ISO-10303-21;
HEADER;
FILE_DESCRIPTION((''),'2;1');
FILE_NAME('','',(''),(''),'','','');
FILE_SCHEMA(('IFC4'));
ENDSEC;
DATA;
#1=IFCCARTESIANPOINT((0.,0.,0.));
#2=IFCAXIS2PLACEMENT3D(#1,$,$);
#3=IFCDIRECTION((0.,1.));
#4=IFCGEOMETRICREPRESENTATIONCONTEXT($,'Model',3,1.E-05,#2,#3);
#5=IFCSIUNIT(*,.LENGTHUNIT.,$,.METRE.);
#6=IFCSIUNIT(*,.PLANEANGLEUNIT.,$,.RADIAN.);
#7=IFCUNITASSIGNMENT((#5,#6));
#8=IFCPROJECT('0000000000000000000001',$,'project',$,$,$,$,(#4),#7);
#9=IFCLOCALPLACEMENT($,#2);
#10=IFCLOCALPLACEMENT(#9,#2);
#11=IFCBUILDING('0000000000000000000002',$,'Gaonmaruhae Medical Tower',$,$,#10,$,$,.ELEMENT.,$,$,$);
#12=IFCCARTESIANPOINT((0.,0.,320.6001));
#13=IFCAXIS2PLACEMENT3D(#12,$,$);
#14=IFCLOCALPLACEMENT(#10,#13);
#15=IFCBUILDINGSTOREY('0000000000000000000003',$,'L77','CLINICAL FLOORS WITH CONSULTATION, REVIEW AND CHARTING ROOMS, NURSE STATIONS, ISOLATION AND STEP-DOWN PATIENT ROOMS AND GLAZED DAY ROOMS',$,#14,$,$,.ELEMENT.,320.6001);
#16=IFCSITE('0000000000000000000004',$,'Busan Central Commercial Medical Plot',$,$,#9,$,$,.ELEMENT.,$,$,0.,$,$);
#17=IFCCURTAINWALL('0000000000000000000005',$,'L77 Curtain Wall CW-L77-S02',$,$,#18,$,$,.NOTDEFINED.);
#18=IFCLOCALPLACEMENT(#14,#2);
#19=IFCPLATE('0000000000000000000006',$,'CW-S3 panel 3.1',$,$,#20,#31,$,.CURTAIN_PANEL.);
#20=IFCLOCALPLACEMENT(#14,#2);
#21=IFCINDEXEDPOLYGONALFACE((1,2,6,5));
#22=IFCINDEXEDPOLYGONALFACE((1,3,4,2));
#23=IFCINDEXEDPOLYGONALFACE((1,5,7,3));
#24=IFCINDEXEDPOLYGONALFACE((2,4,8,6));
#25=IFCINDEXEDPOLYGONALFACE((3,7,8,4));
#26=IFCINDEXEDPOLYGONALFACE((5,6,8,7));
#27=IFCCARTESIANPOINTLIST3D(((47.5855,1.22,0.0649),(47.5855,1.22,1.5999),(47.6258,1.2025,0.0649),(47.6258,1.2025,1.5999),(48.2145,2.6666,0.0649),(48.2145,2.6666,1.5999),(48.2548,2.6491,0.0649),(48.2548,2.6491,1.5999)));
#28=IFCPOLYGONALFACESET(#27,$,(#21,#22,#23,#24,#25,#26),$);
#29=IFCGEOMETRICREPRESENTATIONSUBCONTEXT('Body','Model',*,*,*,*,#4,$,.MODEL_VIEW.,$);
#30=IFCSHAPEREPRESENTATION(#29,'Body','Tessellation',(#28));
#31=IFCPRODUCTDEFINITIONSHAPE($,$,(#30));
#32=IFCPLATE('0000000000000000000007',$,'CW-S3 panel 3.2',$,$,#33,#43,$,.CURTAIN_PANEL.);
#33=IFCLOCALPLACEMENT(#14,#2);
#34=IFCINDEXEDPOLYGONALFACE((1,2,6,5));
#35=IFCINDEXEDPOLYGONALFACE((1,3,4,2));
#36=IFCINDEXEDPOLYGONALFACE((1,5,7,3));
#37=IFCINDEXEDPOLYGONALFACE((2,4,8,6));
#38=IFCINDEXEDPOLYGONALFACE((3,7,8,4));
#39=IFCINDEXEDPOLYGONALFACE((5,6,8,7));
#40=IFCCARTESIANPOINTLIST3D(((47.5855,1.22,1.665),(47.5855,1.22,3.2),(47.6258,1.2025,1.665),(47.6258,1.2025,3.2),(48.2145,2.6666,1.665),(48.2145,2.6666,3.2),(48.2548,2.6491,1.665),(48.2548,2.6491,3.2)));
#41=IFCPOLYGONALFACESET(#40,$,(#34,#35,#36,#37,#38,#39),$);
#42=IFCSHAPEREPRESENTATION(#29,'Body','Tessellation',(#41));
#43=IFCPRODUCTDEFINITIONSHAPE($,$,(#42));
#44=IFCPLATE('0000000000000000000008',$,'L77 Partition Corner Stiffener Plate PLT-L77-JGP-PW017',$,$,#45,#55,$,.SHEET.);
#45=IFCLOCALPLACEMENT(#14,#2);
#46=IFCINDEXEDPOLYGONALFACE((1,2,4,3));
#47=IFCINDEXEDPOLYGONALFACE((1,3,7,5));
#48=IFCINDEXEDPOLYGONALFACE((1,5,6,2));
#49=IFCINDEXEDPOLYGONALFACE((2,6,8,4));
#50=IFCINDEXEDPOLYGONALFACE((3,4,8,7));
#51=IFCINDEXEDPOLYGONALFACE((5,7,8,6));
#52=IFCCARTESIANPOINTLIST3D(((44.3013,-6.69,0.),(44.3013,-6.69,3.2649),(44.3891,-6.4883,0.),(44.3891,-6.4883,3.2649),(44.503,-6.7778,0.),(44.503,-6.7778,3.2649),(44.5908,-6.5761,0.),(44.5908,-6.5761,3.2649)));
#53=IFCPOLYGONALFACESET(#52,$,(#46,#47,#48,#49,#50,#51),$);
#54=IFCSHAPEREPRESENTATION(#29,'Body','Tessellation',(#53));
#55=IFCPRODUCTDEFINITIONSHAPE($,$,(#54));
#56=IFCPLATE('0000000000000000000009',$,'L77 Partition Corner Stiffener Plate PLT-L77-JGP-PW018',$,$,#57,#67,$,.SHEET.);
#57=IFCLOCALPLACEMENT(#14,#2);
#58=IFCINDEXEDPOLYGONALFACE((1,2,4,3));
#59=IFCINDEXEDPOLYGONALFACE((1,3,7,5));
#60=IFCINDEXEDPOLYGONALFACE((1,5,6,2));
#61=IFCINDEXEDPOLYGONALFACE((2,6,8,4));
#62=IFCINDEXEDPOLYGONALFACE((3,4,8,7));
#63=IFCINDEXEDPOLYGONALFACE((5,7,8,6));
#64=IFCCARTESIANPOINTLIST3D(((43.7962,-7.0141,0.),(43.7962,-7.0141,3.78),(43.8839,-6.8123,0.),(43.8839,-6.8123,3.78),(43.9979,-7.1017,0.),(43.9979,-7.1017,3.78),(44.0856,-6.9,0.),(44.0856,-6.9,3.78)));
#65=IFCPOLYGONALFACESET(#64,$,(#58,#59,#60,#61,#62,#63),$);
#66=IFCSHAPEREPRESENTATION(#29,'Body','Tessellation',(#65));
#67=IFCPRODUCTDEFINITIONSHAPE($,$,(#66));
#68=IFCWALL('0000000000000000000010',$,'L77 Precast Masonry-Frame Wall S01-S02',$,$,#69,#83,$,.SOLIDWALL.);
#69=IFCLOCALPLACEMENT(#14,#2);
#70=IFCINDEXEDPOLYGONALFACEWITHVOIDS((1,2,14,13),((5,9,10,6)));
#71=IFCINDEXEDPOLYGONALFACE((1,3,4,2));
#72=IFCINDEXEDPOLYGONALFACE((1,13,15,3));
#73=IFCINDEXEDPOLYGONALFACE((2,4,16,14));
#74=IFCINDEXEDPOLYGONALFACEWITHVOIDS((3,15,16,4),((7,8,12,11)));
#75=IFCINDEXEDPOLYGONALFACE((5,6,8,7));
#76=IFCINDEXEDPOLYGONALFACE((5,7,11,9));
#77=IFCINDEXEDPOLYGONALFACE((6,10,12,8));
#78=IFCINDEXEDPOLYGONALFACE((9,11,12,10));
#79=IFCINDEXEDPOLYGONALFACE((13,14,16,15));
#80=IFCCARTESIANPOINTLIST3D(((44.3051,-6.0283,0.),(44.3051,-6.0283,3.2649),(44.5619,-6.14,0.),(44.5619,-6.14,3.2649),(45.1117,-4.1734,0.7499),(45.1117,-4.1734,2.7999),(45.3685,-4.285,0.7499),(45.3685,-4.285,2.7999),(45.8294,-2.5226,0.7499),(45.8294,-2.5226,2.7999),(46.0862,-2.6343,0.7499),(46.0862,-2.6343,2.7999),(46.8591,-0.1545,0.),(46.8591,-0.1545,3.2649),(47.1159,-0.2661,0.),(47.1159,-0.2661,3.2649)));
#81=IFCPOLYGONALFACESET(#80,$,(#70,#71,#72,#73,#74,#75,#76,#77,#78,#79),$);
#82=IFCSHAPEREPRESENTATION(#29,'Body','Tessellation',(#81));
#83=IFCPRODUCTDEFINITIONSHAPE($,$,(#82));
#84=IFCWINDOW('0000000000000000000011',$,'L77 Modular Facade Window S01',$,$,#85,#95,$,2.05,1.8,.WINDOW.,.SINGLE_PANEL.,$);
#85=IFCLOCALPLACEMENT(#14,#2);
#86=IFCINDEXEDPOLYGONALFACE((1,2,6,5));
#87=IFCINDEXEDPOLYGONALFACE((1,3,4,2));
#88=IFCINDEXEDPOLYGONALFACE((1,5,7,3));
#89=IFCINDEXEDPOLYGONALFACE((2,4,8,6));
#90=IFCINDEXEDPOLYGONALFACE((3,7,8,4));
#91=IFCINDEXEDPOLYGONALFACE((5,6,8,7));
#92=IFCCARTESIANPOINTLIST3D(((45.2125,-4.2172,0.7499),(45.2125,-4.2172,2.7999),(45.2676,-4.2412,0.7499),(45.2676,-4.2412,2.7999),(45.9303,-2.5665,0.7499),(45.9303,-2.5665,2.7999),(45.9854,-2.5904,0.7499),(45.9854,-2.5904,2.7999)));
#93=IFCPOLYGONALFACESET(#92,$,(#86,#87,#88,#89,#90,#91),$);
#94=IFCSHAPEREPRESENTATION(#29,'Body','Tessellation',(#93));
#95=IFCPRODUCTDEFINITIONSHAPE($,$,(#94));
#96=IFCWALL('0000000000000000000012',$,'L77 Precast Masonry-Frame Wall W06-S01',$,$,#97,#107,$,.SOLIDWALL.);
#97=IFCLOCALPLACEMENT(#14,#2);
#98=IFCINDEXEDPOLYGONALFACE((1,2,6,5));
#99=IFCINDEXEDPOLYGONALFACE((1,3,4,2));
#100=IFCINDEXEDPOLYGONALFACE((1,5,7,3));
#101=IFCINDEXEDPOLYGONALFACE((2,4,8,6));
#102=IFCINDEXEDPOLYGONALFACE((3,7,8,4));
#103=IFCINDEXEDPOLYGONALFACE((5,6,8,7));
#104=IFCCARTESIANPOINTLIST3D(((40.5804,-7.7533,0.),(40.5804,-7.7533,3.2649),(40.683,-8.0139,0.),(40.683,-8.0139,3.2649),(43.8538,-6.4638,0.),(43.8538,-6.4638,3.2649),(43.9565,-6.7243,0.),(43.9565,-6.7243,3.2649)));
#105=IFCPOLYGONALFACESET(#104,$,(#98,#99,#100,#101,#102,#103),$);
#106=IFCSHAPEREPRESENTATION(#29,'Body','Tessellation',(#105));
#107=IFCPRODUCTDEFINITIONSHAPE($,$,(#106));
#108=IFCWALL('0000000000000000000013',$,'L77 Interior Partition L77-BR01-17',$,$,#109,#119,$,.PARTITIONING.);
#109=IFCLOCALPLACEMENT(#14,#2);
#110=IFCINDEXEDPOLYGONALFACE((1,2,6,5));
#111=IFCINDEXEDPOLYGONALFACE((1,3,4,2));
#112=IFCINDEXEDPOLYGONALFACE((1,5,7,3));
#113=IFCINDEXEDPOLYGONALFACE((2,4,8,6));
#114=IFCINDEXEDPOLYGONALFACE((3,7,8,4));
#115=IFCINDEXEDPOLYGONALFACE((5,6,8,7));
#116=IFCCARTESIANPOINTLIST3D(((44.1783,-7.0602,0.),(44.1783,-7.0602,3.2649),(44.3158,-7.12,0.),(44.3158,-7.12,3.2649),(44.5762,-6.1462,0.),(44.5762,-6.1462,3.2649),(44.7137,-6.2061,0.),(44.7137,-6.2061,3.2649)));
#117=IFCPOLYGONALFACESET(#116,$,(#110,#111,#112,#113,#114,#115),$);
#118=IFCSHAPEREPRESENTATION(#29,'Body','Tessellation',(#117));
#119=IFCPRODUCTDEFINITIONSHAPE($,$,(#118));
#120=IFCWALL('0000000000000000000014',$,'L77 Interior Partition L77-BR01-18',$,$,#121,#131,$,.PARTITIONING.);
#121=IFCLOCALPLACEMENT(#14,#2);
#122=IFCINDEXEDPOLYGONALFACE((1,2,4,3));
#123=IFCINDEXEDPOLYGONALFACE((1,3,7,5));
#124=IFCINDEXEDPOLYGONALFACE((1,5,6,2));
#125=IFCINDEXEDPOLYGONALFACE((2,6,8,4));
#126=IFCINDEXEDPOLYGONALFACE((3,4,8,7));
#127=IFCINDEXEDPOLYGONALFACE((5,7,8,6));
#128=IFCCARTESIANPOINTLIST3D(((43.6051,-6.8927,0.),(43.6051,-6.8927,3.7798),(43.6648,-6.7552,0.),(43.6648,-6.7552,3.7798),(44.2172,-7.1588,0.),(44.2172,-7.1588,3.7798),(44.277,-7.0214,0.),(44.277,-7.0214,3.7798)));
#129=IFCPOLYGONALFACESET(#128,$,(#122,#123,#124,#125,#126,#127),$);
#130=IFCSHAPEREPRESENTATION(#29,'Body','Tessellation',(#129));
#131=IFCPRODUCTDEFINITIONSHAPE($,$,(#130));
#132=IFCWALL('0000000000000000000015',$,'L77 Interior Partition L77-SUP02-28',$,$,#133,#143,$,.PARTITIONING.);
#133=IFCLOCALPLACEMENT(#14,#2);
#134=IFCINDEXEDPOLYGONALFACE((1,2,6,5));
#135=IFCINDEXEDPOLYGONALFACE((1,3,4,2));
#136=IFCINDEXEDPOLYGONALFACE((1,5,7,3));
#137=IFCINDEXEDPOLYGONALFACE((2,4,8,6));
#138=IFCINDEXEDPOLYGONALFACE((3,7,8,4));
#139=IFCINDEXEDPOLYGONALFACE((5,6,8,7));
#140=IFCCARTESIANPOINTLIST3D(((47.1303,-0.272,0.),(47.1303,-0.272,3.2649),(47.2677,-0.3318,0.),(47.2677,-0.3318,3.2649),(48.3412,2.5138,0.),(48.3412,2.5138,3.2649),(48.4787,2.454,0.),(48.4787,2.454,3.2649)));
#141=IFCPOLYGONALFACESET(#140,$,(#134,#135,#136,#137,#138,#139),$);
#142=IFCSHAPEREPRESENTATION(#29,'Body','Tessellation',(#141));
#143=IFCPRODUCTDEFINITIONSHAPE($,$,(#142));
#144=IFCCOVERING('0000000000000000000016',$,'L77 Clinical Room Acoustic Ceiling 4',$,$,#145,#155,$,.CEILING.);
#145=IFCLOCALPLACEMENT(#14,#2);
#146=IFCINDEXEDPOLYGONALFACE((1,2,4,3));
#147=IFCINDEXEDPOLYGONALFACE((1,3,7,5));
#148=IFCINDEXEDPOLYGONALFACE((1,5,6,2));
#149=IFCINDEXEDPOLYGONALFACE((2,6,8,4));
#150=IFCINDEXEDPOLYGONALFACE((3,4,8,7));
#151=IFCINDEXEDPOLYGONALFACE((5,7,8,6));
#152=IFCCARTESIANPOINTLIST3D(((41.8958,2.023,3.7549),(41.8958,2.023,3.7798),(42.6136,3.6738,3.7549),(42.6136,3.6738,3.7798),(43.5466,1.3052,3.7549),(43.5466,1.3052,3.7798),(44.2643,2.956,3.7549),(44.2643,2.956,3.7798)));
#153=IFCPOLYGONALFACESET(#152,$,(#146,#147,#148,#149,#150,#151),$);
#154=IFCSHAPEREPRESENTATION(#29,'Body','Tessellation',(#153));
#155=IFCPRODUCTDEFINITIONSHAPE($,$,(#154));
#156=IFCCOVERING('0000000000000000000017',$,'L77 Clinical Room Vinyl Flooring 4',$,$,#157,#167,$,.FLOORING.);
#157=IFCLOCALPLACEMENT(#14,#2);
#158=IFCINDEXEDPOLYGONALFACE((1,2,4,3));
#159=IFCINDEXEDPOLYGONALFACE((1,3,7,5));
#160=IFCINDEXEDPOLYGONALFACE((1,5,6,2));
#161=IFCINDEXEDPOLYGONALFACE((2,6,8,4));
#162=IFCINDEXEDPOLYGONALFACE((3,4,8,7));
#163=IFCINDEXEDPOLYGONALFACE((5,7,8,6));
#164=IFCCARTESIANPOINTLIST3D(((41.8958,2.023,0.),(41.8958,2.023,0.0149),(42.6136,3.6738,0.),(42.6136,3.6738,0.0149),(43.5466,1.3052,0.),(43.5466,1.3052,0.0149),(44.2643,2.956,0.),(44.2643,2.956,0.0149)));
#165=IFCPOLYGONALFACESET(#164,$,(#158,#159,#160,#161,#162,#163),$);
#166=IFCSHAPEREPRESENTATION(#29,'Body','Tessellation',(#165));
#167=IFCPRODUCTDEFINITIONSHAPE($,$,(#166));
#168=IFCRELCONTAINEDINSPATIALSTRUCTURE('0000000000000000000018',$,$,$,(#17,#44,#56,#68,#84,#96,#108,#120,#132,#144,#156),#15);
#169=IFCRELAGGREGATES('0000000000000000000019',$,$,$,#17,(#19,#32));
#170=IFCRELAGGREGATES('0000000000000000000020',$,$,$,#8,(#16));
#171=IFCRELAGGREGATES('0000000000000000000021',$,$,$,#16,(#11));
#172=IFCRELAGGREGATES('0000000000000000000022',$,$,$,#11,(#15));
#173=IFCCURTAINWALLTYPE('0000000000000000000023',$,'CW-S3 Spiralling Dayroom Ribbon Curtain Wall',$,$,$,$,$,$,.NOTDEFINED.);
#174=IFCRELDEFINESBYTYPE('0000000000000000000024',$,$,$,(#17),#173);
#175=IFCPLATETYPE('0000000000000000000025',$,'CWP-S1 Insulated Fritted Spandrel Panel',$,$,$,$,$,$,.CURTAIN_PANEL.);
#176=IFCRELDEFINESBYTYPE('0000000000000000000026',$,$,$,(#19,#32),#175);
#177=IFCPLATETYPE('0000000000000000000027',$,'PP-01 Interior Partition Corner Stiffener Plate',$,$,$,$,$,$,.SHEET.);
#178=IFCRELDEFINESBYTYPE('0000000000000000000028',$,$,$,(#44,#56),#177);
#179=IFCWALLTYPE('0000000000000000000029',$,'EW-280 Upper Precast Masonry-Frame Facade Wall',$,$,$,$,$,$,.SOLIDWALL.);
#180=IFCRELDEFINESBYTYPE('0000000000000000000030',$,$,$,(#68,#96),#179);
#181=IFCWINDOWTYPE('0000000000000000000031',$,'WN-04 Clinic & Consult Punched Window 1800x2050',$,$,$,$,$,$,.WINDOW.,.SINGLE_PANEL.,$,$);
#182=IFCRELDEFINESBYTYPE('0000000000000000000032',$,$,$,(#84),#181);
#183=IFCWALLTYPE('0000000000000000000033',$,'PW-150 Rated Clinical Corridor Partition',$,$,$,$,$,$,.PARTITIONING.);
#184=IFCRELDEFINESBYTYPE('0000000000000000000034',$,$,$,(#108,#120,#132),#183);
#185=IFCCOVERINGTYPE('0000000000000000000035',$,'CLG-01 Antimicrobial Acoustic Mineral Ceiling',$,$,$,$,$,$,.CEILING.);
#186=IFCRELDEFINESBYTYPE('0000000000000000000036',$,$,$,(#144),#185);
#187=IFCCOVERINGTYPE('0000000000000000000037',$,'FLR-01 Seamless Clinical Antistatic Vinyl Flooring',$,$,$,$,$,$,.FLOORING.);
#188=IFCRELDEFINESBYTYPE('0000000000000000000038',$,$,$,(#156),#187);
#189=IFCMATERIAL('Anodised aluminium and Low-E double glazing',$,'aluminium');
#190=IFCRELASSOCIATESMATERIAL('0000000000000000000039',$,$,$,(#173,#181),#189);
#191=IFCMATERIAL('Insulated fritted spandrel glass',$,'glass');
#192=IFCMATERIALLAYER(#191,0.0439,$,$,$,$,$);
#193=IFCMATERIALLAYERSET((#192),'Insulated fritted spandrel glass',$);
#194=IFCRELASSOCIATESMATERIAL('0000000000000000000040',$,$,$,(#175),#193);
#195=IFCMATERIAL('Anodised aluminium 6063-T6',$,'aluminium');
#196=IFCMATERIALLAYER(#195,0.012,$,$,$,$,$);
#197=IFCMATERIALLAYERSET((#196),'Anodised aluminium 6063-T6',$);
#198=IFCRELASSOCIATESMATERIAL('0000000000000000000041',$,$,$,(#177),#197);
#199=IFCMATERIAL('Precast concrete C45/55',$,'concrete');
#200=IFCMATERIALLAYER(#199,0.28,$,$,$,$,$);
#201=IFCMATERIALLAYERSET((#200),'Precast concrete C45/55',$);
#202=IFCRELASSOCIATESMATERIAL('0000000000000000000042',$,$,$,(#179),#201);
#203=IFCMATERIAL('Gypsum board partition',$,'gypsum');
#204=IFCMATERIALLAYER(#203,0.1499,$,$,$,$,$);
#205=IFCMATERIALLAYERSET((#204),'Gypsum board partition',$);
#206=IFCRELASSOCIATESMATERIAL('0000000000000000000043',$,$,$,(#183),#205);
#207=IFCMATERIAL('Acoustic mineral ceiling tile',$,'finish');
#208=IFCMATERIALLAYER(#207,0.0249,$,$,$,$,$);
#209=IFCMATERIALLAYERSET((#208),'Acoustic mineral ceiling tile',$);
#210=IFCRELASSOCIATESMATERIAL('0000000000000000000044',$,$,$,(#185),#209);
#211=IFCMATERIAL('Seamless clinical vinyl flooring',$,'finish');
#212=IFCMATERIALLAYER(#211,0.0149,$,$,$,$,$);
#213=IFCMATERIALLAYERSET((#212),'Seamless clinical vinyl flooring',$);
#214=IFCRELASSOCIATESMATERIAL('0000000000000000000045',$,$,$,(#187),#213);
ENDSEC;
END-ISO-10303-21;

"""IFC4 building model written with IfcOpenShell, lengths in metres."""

from ifc_helpers import new_model, si_unit, direction, frame, frame_2d, origin, origin_2d, place, context, subcontext, project, spatial, rectangle, extrude, material, layer, layer_set, type_object, element, fill, aggregate, save


model = new_model("IFC4")

# Units and contexts
model_context = context("Model", 3, precision=1e-05, world=origin(), true_north=direction((0.0, 1.0)))
body_context = subcontext(model_context, "Body", "Model", "MODEL_VIEW")
ifc_project = project(units=[si_unit("LENGTHUNIT", "METRE"), si_unit("PLANEANGLEUNIT", "RADIAN")], contexts=[model_context])

# Site, building, storey
site_placement = place(None, origin())
site = spatial("IfcSite", under=ifc_project, at=site_placement, Name="Busan Central Commercial Medical Plot", CompositionType="ELEMENT", RefElevation=0.0)
building_placement = place(site_placement, origin())
building = spatial("IfcBuilding", under=site, at=building_placement, Name="Gaonmaruhae Medical Tower", CompositionType="ELEMENT")
storey_placement = place(building_placement, frame((0.0, 0.0, 320.6001)))
storey = spatial("IfcBuildingStorey", under=building, at=storey_placement, Name="L77", Description="CLINICAL FLOORS WITH CONSULTATION, REVIEW AND CHARTING ROOMS, NURSE STATIONS, ISOLATION AND STEP-DOWN PATIENT ROOMS AND GLAZED DAY ROOMS", CompositionType="ELEMENT", Elevation=320.6001)

# Curtain wall
ifc_material_1 = material(Name="Anodised aluminium and Low-E double glazing", Category="aluminium")
curtain_wall_type = type_object("IfcCurtainWallType", Name="CW-S3 Spiralling Dayroom Ribbon Curtain Wall", PredefinedType="NOTDEFINED", material=ifc_material_1)
curtain_wall_placement = place(storey_placement, origin())
curtain_wall = element("IfcCurtainWall", 1, at=curtain_wall_placement, inside=storey, type_object=curtain_wall_type, Name="L77 Curtain Wall CW-L77-S02", PredefinedType="NOTDEFINED")
ifc_material_2 = material(Name="Anodised aluminium 6063-T6", Category="aluminium")

# Plates
ifc_material_3 = material(Name="Insulated fritted spandrel glass", Category="glass")
ifc_layer_1 = layer(ifc_material_3, 0.0439)
ifc_layer_set_1 = layer_set([ifc_layer_1], Name="Insulated fritted spandrel glass")
plate_type_1 = type_object("IfcPlateType", Name="CWP-S1 Insulated Fritted Spandrel Panel", PredefinedType="CURTAIN_PANEL", material=ifc_layer_set_1)
plate_1_placement = place(storey_placement, frame((47.9202, 1.9346, 0.0649), z_axis=(0.0, 0.0, 1.0), x_axis=(-0.398732, -0.917068, 0.0)))
plate_1 = element("IfcPlate", 2, at=plate_1_placement, type_object=plate_type_1, Name="CW-S3 panel 3.1", PredefinedType="CURTAIN_PANEL", context=body_context, shape_type="SweptSolid", body=[
    extrude(rectangle(XDim=1.5774, YDim=0.0439, at=origin_2d()), origin(), (0.0, 0.0, 1.0), 1.5349),
])
plate_2_placement = place(storey_placement, frame((47.9202, 1.9346, 1.665), z_axis=(0.0, 0.0, 1.0), x_axis=(-0.398732, -0.917068, 0.0)))
plate_2 = element("IfcPlate", 3, at=plate_2_placement, type_object=plate_type_1, Name="CW-S3 panel 3.2", PredefinedType="CURTAIN_PANEL", context=body_context, shape_type="SweptSolid", body=[
    extrude(rectangle(XDim=1.5774, YDim=0.0439, at=origin_2d()), origin(), (0.0, 0.0, 1.0), 1.5349),
])
aggregate(curtain_wall, [plate_1, plate_2])

# Plates
ifc_layer_2 = layer(ifc_material_2, 0.012)
ifc_layer_set_2 = layer_set([ifc_layer_2], Name="Anodised aluminium 6063-T6")
plate_type_2 = type_object("IfcPlateType", Name="PP-01 Interior Partition Corner Stiffener Plate", PredefinedType="SHEET", material=ifc_layer_set_2)
plate_3_placement = place(storey_placement, frame((44.446, -6.6331, 0.0), z_axis=(0.0, 0.0, 1.0), x_axis=(-0.399245, -0.916844, 0.0)))
element("IfcPlate", 4, at=plate_3_placement, inside=storey, type_object=plate_type_2, Name="L77 Partition Corner Stiffener Plate PLT-L77-JGP-PW017", PredefinedType="SHEET", context=body_context, shape_type="SweptSolid", body=[
    extrude(rectangle(XDim=0.22, YDim=0.22, at=origin_2d()), origin(), (0.0, 0.0, 1.0), 3.2649),
])
plate_4_placement = place(storey_placement, frame((43.9409, -6.957, 0.0), z_axis=(0.0, 0.0, 1.0), x_axis=(-0.917116, 0.398621, 0.0)))
element("IfcPlate", 5, at=plate_4_placement, inside=storey, type_object=plate_type_2, Name="L77 Partition Corner Stiffener Plate PLT-L77-JGP-PW018", PredefinedType="SHEET", context=body_context, shape_type="SweptSolid", body=[
    extrude(rectangle(XDim=0.22, YDim=0.22, at=origin_2d()), origin(), (0.0, 0.0, 1.0), 3.78),
])

# Wall, opening, window
ifc_material_4 = material(Name="Precast concrete C45/55", Category="concrete")
ifc_layer_3 = layer(ifc_material_4, 0.28)
ifc_layer_set_3 = layer_set([ifc_layer_3], Name="Precast concrete C45/55")
wall_type_1 = type_object("IfcWallType", Name="EW-280 Upper Precast Masonry-Frame Facade Wall", PredefinedType="SOLIDWALL", material=ifc_layer_set_3)
wall_1_placement = place(storey_placement, frame((46.9875, -0.2102, 0.0), z_axis=(0.0, 0.0, 1.0), x_axis=(-0.398744, -0.917062, 0.0)))
wall_1 = element("IfcWall", 6, at=wall_1_placement, inside=storey, type_object=wall_type_1, Name="L77 Precast Masonry-Frame Wall S01-S02", PredefinedType="SOLIDWALL", context=body_context, shape_type="SweptSolid", body=[
    extrude(rectangle(XDim=6.405, YDim=0.28, at=frame_2d((3.2026, 0.0))), origin(), (0.0, 0.0, 1.0), 3.2649),
])
opening_placement = place(wall_1_placement, frame((2.5825, 0.0, 0.75)))
opening = element("IfcOpeningElement", 7, at=opening_placement, cuts=wall_1, PredefinedType="OPENING", context=body_context, shape_type="SweptSolid", body=[
    extrude(rectangle(XDim=1.8, YDim=2.05, at=frame_2d((0.8999, 1.0249))), frame((0.0, 0.1499, 0.0), z_axis=(0.0, -1.0, 0.0), x_axis=(1.0, 0.0, 0.0)), (0.0, 0.0, 1.0), 0.3),
])
window_type = type_object("IfcWindowType", Name="WN-04 Clinic & Consult Punched Window 1800x2050", PartitioningType="SINGLE_PANEL", PredefinedType="WINDOW", material=ifc_material_1)
window_placement = place(opening_placement, origin())
window = element("IfcWindow", 8, at=window_placement, inside=storey, type_object=window_type, Name="L77 Modular Facade Window S01", OverallHeight=2.05, OverallWidth=1.8, PartitioningType="SINGLE_PANEL", PredefinedType="WINDOW", context=body_context, shape_type="SweptSolid", body=[
    extrude(rectangle(XDim=1.8, YDim=2.05, at=frame_2d((0.8999, 1.0249))), frame((0.0, 0.03, 0.0), z_axis=(0.0, -1.0, 0.0), x_axis=(1.0, 0.0, 0.0)), (0.0, 0.0, 1.0), 0.0601),
])
fill(opening, window)

# Walls
wall_2_placement = place(storey_placement, frame((43.9053, -6.594, 0.0), z_axis=(0.0, 0.0, 1.0), x_axis=(-0.930407, -0.366528, 0.0)))
element("IfcWall", 9, at=wall_2_placement, inside=storey, type_object=wall_type_1, Name="L77 Precast Masonry-Frame Wall W06-S01", PredefinedType="SOLIDWALL", context=body_context, shape_type="SweptSolid", body=[
    extrude(rectangle(XDim=3.5183, YDim=0.28, at=frame_2d((1.7593, 0.0))), origin(), (0.0, 0.0, 1.0), 3.2649),
])
ifc_material_5 = material(Name="Gypsum board partition", Category="gypsum")
ifc_layer_4 = layer(ifc_material_5, 0.1499)
ifc_layer_set_4 = layer_set([ifc_layer_4], Name="Gypsum board partition")
wall_type_2 = type_object("IfcWallType", Name="PW-150 Rated Clinical Corridor Partition", PredefinedType="PARTITIONING", material=ifc_layer_set_4)
wall_3_placement = place(storey_placement, frame((44.645, -6.176, 0.0), z_axis=(0.0, 0.0, 1.0), x_axis=(-0.399174, -0.916875, 0.0)))
element("IfcWall", 10, at=wall_3_placement, inside=storey, type_object=wall_type_2, Name="L77 Interior Partition L77-BR01-17", PredefinedType="PARTITIONING", context=body_context, shape_type="SweptSolid", body=[
    extrude(rectangle(XDim=0.9968, YDim=0.1499, at=frame_2d((0.4985, 0.0))), origin(), (0.0, 0.0, 1.0), 3.2649),
])
wall_4_placement = place(storey_placement, frame((44.2471, -7.0901, 0.0), z_axis=(0.0, 0.0, 1.0), x_axis=(-0.91707, 0.398726, 0.0)))
element("IfcWall", 11, at=wall_4_placement, inside=storey, type_object=wall_type_2, Name="L77 Interior Partition L77-BR01-18", PredefinedType="PARTITIONING", context=body_context, shape_type="SweptSolid", body=[
    extrude(rectangle(XDim=0.6675, YDim=0.1499, at=frame_2d((0.3337, 0.0))), origin(), (0.0, 0.0, 1.0), 3.7798),
])
wall_5_placement = place(storey_placement, frame((48.4099, 2.4839, 0.0), z_axis=(0.0, 0.0, 1.0), x_axis=(-0.398638, -0.917108, 0.0)))
element("IfcWall", 12, at=wall_5_placement, inside=storey, type_object=wall_type_2, Name="L77 Interior Partition L77-SUP02-28", PredefinedType="PARTITIONING", context=body_context, shape_type="SweptSolid", body=[
    extrude(rectangle(XDim=3.0376, YDim=0.1499, at=frame_2d((1.5188, 0.0))), origin(), (0.0, 0.0, 1.0), 3.2649),
])

# Coverings
ifc_material_6 = material(Name="Acoustic mineral ceiling tile", Category="finish")
ifc_layer_5 = layer(ifc_material_6, 0.0249)
ifc_layer_set_5 = layer_set([ifc_layer_5], Name="Acoustic mineral ceiling tile")
covering_type_1 = type_object("IfcCoveringType", Name="CLG-01 Antimicrobial Acoustic Mineral Ceiling", PredefinedType="CEILING", material=ifc_layer_set_5)
covering_1_placement = place(storey_placement, frame((43.0801, 2.4895, 3.7549), z_axis=(0.0, 0.0, 1.0), x_axis=(0.398749, 0.91706, 0.0)))
element("IfcCovering", 13, at=covering_1_placement, inside=storey, type_object=covering_type_1, Name="L77 Clinical Room Acoustic Ceiling 4", PredefinedType="CEILING", context=body_context, shape_type="SweptSolid", body=[
    extrude(rectangle(XDim=1.8, YDim=1.8, at=origin_2d()), origin(), (0.0, 0.0, 1.0), 0.0249),
])
ifc_material_7 = material(Name="Seamless clinical vinyl flooring", Category="finish")
ifc_layer_6 = layer(ifc_material_7, 0.0149)
ifc_layer_set_6 = layer_set([ifc_layer_6], Name="Seamless clinical vinyl flooring")
covering_type_2 = type_object("IfcCoveringType", Name="FLR-01 Seamless Clinical Antistatic Vinyl Flooring", PredefinedType="FLOORING", material=ifc_layer_set_6)
covering_2_placement = place(storey_placement, frame((43.0801, 2.4895, 0.0), z_axis=(0.0, 0.0, 1.0), x_axis=(0.398749, 0.91706, 0.0)))
element("IfcCovering", 14, at=covering_2_placement, inside=storey, type_object=covering_type_2, Name="L77 Clinical Room Vinyl Flooring 4", PredefinedType="FLOORING", context=body_context, shape_type="SweptSolid", body=[
    extrude(rectangle(XDim=1.8, YDim=1.8, at=origin_2d()), origin(), (0.0, 0.0, 1.0), 0.0149),
])

save(model, "model.ifc")
